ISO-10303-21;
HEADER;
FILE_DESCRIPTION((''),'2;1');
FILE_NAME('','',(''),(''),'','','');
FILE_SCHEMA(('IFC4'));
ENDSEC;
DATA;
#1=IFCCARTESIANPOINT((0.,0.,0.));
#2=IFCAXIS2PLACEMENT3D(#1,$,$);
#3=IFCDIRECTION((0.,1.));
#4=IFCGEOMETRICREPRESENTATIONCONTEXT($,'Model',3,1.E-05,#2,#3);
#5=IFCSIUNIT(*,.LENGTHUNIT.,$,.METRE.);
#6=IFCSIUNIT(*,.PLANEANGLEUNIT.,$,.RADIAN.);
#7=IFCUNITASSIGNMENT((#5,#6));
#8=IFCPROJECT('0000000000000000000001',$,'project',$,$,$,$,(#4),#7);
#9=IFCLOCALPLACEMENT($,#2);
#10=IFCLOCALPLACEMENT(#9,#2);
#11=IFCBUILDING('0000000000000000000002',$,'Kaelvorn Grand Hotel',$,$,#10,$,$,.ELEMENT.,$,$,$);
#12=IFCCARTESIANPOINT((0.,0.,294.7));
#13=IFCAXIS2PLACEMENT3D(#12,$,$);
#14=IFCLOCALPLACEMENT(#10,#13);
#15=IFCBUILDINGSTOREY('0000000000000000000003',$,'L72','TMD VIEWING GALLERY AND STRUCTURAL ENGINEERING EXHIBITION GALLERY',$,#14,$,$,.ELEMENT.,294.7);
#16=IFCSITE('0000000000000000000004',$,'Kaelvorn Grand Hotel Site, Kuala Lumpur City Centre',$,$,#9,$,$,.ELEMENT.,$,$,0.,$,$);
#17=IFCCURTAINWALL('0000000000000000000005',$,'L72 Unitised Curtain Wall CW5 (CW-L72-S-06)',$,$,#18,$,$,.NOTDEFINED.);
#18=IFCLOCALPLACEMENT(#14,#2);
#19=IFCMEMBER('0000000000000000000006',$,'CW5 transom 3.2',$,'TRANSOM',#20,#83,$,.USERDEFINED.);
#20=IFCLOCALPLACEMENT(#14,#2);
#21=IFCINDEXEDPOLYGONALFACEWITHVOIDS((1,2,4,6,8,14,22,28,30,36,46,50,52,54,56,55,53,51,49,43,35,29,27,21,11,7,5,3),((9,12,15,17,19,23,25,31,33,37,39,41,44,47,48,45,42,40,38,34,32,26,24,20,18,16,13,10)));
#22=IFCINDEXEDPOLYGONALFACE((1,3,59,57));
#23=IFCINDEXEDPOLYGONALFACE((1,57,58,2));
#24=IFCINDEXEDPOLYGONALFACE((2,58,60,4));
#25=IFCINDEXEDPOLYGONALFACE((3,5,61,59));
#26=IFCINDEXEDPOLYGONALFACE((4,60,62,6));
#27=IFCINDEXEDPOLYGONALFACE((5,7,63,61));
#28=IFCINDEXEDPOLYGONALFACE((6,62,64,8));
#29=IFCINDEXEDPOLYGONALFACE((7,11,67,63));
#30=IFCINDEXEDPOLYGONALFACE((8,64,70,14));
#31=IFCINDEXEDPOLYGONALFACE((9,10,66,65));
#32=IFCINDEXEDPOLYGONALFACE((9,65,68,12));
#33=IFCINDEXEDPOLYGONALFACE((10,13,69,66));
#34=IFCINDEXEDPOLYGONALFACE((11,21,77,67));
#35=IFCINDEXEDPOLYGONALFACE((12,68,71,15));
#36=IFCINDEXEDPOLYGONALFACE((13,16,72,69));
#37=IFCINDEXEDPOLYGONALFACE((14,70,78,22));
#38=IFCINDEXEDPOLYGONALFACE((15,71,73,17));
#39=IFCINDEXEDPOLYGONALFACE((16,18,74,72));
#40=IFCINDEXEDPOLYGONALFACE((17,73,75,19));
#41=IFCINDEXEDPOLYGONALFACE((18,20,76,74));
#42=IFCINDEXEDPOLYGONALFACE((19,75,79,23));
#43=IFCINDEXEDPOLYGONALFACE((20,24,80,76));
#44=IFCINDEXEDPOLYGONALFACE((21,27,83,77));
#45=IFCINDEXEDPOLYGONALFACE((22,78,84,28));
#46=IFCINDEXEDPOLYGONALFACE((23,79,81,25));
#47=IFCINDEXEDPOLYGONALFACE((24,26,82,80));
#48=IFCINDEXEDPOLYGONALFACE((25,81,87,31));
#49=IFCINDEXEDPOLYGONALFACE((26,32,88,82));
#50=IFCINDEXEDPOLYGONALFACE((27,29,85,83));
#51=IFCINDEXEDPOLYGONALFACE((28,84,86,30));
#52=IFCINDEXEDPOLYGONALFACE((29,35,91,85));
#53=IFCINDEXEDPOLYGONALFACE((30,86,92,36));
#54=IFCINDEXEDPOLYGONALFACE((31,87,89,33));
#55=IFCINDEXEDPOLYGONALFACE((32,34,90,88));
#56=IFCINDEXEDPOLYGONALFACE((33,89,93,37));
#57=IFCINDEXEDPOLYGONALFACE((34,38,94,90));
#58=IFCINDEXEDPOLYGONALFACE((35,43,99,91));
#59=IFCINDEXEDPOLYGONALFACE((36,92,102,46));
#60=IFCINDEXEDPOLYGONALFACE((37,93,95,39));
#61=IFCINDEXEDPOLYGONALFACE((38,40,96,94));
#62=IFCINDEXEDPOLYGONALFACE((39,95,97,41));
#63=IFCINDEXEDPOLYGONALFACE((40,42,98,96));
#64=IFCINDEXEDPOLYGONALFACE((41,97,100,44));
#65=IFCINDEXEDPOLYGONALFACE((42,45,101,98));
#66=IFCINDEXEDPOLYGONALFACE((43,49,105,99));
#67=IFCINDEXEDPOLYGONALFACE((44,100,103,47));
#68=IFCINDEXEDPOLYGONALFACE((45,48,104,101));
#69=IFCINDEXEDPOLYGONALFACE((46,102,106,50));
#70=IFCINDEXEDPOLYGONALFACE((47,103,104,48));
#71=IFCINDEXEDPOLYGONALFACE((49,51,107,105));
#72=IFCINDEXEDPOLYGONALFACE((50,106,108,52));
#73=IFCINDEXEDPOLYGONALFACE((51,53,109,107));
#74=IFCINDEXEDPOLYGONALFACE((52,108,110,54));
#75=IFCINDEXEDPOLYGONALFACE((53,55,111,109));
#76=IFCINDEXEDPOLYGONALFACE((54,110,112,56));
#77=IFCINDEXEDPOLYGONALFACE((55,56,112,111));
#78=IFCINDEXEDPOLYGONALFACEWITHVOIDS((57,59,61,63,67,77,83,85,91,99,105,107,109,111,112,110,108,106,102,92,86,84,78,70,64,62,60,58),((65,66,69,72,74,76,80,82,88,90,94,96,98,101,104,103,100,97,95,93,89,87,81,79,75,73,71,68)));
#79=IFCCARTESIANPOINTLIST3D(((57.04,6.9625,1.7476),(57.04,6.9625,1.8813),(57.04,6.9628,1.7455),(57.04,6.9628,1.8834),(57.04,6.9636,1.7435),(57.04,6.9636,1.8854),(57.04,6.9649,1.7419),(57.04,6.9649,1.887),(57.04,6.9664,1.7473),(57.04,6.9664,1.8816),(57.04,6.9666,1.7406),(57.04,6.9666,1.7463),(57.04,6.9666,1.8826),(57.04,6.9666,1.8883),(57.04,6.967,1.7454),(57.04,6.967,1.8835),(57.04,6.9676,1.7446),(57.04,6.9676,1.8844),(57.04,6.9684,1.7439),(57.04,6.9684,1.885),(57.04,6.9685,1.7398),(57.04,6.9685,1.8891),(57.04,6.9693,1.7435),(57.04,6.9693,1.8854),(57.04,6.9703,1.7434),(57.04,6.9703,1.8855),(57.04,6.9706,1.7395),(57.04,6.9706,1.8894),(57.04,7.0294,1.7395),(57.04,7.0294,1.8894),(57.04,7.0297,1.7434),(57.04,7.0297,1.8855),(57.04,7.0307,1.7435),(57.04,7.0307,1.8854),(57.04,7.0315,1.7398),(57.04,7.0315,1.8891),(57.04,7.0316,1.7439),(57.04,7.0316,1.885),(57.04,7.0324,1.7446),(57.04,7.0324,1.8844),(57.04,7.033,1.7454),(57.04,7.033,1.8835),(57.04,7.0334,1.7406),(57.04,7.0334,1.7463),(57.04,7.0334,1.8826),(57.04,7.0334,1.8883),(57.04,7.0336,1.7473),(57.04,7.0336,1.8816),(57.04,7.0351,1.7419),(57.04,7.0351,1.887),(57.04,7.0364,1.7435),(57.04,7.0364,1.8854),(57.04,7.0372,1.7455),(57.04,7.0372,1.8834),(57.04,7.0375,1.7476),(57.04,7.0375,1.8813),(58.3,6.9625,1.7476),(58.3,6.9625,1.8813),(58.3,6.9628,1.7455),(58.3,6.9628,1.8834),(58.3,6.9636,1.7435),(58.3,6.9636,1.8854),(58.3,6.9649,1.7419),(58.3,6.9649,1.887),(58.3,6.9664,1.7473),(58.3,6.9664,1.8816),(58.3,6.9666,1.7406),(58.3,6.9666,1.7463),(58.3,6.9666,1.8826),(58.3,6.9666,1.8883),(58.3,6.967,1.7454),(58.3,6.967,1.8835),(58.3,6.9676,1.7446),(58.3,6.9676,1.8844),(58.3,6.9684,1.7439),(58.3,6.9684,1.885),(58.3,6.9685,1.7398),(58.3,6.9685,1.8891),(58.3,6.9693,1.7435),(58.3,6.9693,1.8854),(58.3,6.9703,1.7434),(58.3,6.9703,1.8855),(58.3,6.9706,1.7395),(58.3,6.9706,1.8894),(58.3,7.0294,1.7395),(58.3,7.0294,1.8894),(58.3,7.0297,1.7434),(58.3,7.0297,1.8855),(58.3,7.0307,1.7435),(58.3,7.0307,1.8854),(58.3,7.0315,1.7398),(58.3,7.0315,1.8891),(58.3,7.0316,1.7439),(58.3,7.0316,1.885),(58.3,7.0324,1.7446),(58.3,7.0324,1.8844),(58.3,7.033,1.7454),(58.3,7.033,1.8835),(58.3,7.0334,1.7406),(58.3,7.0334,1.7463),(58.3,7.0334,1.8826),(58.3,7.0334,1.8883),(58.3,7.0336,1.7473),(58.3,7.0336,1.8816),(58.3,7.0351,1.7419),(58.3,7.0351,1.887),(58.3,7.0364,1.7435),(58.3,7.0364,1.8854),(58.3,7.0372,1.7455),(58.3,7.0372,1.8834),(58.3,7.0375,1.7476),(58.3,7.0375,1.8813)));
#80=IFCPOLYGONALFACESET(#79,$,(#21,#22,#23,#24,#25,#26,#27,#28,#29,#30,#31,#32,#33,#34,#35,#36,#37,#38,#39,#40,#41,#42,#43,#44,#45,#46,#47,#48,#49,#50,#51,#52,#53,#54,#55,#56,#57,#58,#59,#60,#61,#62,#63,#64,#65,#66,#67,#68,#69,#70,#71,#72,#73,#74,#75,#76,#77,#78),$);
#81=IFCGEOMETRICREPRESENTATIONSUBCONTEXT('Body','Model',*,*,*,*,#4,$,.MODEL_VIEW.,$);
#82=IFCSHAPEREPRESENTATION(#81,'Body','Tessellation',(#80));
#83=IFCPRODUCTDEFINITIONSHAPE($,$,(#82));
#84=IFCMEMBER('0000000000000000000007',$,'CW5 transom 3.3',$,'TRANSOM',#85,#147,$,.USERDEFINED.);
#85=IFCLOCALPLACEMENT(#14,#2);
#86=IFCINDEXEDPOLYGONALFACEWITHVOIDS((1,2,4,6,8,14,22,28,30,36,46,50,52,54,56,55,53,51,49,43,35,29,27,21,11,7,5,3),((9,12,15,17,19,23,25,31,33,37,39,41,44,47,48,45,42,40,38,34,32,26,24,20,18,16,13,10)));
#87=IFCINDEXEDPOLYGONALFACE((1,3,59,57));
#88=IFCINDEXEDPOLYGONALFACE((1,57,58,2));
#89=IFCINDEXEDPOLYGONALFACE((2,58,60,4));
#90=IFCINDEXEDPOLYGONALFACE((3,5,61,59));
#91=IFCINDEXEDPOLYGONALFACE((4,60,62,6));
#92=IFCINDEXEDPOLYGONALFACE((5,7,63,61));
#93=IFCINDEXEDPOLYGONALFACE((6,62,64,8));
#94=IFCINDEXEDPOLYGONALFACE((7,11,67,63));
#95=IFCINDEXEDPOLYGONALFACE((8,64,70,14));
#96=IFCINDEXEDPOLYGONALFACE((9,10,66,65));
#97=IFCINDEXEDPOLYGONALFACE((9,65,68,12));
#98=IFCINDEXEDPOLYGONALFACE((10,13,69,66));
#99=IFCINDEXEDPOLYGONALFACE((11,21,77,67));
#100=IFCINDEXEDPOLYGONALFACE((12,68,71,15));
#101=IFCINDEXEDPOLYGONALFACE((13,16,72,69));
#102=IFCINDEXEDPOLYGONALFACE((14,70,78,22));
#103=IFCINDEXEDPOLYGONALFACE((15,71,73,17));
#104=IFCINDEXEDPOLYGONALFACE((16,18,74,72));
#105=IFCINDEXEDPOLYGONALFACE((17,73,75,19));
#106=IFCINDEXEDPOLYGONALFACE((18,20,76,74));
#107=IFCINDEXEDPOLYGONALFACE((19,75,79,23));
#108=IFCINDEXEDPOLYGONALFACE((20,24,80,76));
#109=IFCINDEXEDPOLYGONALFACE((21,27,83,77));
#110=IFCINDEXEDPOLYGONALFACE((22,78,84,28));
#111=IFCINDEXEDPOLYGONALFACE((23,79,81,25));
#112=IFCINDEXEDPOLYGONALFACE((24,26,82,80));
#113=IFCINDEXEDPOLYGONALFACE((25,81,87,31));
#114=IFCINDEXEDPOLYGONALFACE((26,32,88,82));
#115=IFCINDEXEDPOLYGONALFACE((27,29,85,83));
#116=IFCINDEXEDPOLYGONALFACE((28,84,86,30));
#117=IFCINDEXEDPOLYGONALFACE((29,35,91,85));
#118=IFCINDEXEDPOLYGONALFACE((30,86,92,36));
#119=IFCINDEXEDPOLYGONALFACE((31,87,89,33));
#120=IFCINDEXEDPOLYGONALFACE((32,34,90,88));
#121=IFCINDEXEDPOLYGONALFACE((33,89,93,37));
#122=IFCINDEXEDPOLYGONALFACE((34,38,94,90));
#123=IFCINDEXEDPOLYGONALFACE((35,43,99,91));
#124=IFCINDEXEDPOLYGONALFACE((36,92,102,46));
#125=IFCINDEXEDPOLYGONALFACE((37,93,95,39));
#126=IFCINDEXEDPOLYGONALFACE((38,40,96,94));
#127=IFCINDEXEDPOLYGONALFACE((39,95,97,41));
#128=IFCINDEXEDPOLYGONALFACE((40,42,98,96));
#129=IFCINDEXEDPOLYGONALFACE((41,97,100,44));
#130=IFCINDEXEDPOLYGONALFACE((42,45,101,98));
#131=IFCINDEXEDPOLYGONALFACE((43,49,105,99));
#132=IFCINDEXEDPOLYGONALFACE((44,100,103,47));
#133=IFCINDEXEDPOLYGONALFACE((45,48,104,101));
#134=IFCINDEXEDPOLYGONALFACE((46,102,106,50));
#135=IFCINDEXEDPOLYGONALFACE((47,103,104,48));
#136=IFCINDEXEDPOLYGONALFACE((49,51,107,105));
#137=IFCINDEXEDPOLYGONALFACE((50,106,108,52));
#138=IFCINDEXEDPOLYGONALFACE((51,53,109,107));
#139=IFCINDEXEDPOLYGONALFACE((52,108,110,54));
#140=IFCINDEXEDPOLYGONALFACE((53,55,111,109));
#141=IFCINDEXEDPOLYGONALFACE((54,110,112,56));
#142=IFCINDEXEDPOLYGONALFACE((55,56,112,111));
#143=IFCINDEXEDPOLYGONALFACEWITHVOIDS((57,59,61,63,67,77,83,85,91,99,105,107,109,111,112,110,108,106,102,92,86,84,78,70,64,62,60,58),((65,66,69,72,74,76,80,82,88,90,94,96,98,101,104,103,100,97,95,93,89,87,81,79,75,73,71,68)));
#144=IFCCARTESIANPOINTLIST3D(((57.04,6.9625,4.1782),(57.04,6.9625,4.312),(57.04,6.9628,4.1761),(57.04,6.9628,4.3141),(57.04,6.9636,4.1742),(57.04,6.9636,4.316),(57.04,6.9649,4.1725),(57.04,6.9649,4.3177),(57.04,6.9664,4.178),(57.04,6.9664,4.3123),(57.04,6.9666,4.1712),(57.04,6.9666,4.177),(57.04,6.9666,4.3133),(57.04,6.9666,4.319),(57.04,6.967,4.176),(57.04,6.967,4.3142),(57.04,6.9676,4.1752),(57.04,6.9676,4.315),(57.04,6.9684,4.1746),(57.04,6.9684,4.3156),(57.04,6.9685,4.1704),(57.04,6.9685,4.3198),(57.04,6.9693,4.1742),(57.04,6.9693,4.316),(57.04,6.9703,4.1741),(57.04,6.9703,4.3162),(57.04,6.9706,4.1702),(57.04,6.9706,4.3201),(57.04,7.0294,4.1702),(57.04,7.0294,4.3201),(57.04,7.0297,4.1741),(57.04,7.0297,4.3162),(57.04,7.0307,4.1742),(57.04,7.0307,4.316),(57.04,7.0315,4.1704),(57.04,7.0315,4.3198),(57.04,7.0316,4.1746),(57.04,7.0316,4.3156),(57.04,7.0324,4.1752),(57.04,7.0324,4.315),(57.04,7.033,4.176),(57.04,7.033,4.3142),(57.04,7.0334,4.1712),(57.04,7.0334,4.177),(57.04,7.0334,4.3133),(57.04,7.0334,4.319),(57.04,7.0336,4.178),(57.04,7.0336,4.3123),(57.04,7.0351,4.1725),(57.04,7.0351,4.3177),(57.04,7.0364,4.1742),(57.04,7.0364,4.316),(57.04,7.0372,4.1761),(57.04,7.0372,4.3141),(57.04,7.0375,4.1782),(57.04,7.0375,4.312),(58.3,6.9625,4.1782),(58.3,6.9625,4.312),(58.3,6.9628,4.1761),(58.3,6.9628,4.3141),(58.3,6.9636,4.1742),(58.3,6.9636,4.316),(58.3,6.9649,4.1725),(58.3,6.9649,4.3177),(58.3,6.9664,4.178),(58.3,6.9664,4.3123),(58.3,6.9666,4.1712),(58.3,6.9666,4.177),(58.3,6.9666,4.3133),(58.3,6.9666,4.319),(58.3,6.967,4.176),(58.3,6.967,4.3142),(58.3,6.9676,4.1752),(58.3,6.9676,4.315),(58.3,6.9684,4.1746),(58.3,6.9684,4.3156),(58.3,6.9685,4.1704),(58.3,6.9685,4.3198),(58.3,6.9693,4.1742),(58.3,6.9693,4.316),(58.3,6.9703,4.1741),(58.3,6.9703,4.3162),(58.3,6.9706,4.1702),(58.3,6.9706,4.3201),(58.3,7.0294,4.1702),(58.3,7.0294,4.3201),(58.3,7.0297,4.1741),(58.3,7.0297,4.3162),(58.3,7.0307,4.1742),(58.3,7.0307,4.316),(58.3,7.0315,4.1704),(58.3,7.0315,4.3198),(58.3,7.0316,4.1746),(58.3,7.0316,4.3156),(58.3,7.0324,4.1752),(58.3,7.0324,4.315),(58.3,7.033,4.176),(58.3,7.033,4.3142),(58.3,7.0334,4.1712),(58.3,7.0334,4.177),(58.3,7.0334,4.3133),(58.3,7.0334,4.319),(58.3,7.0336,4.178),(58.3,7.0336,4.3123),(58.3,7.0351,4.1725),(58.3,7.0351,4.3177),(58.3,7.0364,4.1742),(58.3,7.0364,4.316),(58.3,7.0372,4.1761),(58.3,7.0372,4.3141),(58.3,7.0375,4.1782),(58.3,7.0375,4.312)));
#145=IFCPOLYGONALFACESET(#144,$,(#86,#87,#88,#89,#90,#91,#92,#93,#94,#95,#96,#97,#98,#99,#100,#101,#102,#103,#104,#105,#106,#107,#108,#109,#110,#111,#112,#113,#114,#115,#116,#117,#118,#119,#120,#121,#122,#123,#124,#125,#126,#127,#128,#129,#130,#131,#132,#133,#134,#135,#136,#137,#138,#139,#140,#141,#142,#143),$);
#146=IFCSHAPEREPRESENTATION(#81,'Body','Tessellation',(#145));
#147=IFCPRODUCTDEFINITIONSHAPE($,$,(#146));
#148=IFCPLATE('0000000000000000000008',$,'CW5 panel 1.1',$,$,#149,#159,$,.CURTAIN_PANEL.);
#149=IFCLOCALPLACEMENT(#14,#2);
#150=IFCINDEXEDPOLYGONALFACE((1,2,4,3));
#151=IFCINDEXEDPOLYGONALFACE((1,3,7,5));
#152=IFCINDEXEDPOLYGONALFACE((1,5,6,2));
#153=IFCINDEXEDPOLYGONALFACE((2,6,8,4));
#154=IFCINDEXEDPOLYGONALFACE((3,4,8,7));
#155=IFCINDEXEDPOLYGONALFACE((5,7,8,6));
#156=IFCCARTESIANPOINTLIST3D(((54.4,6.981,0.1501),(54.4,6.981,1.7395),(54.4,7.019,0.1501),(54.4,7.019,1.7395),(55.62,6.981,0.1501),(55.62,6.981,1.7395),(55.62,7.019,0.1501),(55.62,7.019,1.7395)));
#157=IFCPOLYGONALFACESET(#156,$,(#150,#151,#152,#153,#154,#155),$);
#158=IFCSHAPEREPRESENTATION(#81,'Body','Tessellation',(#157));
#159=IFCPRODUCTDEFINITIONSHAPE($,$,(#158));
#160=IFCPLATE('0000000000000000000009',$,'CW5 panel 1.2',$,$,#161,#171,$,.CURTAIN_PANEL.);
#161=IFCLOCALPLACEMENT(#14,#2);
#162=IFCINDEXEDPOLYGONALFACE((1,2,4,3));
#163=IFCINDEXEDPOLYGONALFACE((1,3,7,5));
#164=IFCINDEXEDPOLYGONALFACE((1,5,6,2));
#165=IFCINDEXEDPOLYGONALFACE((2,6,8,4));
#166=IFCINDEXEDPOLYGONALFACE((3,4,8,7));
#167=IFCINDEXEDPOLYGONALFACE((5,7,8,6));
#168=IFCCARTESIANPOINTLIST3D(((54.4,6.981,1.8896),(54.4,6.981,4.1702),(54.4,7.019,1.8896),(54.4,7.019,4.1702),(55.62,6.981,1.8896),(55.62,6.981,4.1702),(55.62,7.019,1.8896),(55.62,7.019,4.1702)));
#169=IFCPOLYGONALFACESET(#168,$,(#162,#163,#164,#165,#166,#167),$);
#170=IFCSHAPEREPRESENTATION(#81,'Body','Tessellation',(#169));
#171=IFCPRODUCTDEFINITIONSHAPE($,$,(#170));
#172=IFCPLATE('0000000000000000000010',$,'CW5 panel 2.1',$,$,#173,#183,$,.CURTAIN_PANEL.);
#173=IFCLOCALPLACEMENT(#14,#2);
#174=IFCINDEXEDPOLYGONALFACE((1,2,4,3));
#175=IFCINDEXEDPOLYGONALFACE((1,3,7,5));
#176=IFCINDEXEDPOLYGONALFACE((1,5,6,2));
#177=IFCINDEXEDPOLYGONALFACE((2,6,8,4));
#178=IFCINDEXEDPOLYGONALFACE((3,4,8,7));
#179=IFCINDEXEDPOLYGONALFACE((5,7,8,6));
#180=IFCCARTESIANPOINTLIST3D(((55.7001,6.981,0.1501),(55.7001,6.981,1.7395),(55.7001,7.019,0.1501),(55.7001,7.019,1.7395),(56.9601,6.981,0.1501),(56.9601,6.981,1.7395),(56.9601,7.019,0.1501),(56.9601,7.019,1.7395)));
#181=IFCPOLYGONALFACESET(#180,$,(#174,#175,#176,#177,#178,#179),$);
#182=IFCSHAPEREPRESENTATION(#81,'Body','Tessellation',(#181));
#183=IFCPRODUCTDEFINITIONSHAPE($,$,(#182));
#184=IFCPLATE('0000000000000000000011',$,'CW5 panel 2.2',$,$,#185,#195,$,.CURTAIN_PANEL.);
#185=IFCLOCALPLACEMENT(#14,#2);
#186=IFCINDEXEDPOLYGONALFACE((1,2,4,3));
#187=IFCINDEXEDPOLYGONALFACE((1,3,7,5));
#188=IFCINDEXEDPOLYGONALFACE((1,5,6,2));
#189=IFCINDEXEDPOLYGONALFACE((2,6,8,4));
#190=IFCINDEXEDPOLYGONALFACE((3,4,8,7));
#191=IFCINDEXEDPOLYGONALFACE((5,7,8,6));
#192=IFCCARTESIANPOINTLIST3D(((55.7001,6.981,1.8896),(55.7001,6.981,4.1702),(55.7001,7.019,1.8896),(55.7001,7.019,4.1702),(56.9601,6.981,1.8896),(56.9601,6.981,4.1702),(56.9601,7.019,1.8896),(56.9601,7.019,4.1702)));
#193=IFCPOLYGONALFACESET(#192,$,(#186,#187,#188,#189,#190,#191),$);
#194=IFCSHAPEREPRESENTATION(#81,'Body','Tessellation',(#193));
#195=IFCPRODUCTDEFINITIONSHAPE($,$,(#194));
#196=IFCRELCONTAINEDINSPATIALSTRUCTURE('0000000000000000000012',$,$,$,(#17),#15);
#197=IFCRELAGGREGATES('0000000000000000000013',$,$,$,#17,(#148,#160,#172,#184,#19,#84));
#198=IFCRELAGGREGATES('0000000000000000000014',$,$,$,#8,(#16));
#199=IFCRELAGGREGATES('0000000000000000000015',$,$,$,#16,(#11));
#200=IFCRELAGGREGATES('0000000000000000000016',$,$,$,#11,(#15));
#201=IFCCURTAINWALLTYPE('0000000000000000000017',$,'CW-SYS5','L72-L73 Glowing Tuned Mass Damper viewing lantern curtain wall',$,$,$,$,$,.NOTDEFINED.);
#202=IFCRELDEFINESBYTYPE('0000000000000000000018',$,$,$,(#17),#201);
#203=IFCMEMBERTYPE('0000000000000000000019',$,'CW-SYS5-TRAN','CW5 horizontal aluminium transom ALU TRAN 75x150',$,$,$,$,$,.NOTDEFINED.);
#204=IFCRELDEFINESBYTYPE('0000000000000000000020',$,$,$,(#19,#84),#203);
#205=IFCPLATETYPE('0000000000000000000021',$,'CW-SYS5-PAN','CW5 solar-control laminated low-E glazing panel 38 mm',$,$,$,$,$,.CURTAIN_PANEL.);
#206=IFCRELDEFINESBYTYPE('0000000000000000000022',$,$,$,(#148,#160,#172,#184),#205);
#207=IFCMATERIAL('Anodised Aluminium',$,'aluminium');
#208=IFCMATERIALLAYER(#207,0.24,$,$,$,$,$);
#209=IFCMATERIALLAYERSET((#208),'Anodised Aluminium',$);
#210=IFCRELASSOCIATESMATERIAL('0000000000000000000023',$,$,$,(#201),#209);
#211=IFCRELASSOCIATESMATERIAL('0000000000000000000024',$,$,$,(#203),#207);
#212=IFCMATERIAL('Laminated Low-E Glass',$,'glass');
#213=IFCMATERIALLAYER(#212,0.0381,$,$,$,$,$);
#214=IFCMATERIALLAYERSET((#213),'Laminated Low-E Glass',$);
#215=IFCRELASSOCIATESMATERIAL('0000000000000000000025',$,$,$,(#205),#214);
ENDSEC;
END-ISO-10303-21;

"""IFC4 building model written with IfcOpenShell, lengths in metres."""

from ifc_helpers import new_model, si_unit, direction, frame, origin, origin_2d, place, context, subcontext, project, spatial, rectangle, hollow_rectangle, extrude, material, layer, layer_set, material_profile, profile_set, type_object, element, aggregate, save


model = new_model("IFC4")

# Units and contexts
model_context = context("Model", 3, precision=1e-05, world=origin(), true_north=direction((0.0, 1.0)))
body_context = subcontext(model_context, "Body", "Model", "MODEL_VIEW")
ifc_project = project(units=[si_unit("LENGTHUNIT", "METRE"), si_unit("PLANEANGLEUNIT", "RADIAN")], contexts=[model_context])

# Site, building, storey
site_placement = place(None, origin())
site = spatial("IfcSite", under=ifc_project, at=site_placement, Name="Kaelvorn Grand Hotel Site, Kuala Lumpur City Centre", CompositionType="ELEMENT", RefElevation=0.0)
building_placement = place(site_placement, origin())
building = spatial("IfcBuilding", under=site, at=building_placement, Name="Kaelvorn Grand Hotel", CompositionType="ELEMENT")
storey_placement = place(building_placement, frame((0.0, 0.0, 294.7)))
storey = spatial("IfcBuildingStorey", under=building, at=storey_placement, Name="L72", Description="TMD VIEWING GALLERY AND STRUCTURAL ENGINEERING EXHIBITION GALLERY", CompositionType="ELEMENT", Elevation=294.7)

# Curtain wall, members, plates
ifc_material_1 = material(Name="Anodised Aluminium", Category="aluminium")
ifc_layer_1 = layer(ifc_material_1, 0.24)
ifc_layer_set_1 = layer_set([ifc_layer_1], Name="Anodised Aluminium")
curtain_wall_type = type_object("IfcCurtainWallType", Name="CW-SYS5", Description="L72-L73 Glowing Tuned Mass Damper viewing lantern curtain wall", PredefinedType="NOTDEFINED", material=ifc_layer_set_1)
curtain_wall_placement = place(storey_placement, origin())
curtain_wall = element("IfcCurtainWall", 1, at=curtain_wall_placement, inside=storey, type_object=curtain_wall_type, Name="L72 Unitised Curtain Wall CW5 (CW-L72-S-06)", PredefinedType="NOTDEFINED")
ifc_material_profile_1 = material_profile(ifc_material_1, hollow_rectangle(XDim=0.075, YDim=0.1499, WallThickness=0.0039, InnerFilletRadius=0.0039, OuterFilletRadius=0.0081, at=origin_2d()), Name="ALU TRAN 75x150")
ifc_profile_set_1 = profile_set([ifc_material_profile_1], Name="Anodised Aluminium")
member_type_1 = type_object("IfcMemberType", Name="CW-SYS5-TRAN", Description="CW5 horizontal aluminium transom ALU TRAN 75x150", PredefinedType="NOTDEFINED", material=ifc_profile_set_1)
member_1_placement = place(storey_placement, frame((57.04, 7.0, 1.8145), z_axis=(1.0, 0.0, 0.0), x_axis=(0.0, 1.0, 0.0)))
member_1 = element("IfcMember", 2, at=member_1_placement, type_object=member_type_1, Name="CW5 transom 3.2", ObjectType="TRANSOM", PredefinedType="USERDEFINED", context=body_context, shape_type="SweptSolid", body=[
    extrude(hollow_rectangle(XDim=0.075, YDim=0.1499, WallThickness=0.0039, InnerFilletRadius=0.0039, OuterFilletRadius=0.0081, at=origin_2d()), origin(), (0.0, 0.0, 1.0), 1.26),
])
member_2_placement = place(storey_placement, frame((57.04, 7.0, 4.2451), z_axis=(1.0, 0.0, 0.0), x_axis=(0.0, 1.0, 0.0)))
member_2 = element("IfcMember", 3, at=member_2_placement, type_object=member_type_1, Name="CW5 transom 3.3", ObjectType="TRANSOM", PredefinedType="USERDEFINED", context=body_context, shape_type="SweptSolid", body=[
    extrude(hollow_rectangle(XDim=0.075, YDim=0.1499, WallThickness=0.0039, InnerFilletRadius=0.0039, OuterFilletRadius=0.0081, at=origin_2d()), origin(), (0.0, 0.0, 1.0), 1.26),
])
ifc_material_2 = material(Name="Laminated Low-E Glass", Category="glass")
ifc_layer_2 = layer(ifc_material_2, 0.0381)
ifc_layer_set_2 = layer_set([ifc_layer_2], Name="Laminated Low-E Glass")
plate_type = type_object("IfcPlateType", Name="CW-SYS5-PAN", Description="CW5 solar-control laminated low-E glazing panel 38 mm", PredefinedType="CURTAIN_PANEL", material=ifc_layer_set_2)
plate_1_placement = place(storey_placement, frame((55.01, 7.0, 0.1501), z_axis=(0.0, 0.0, 1.0), x_axis=(1.0, 0.0, 0.0)))
plate_1 = element("IfcPlate", 4, at=plate_1_placement, type_object=plate_type, Name="CW5 panel 1.1", PredefinedType="CURTAIN_PANEL", context=body_context, shape_type="SweptSolid", body=[
    extrude(rectangle(XDim=1.22, YDim=0.0381, at=origin_2d()), origin(), (0.0, 0.0, 1.0), 1.5894),
])
plate_2_placement = place(storey_placement, frame((55.01, 7.0, 1.8896), z_axis=(0.0, 0.0, 1.0), x_axis=(1.0, 0.0, 0.0)))
plate_2 = element("IfcPlate", 5, at=plate_2_placement, type_object=plate_type, Name="CW5 panel 1.2", PredefinedType="CURTAIN_PANEL", context=body_context, shape_type="SweptSolid", body=[
    extrude(rectangle(XDim=1.22, YDim=0.0381, at=origin_2d()), origin(), (0.0, 0.0, 1.0), 2.2805),
])
plate_3_placement = place(storey_placement, frame((56.3301, 7.0, 0.1501), z_axis=(0.0, 0.0, 1.0), x_axis=(1.0, 0.0, 0.0)))
plate_3 = element("IfcPlate", 6, at=plate_3_placement, type_object=plate_type, Name="CW5 panel 2.1", PredefinedType="CURTAIN_PANEL", context=body_context, shape_type="SweptSolid", body=[
    extrude(rectangle(XDim=1.26, YDim=0.0381, at=origin_2d()), origin(), (0.0, 0.0, 1.0), 1.5894),
])
plate_4_placement = place(storey_placement, frame((56.3301, 7.0, 1.8896), z_axis=(0.0, 0.0, 1.0), x_axis=(1.0, 0.0, 0.0)))
plate_4 = element("IfcPlate", 7, at=plate_4_placement, type_object=plate_type, Name="CW5 panel 2.2", PredefinedType="CURTAIN_PANEL", context=body_context, shape_type="SweptSolid", body=[
    extrude(rectangle(XDim=1.26, YDim=0.0381, at=origin_2d()), origin(), (0.0, 0.0, 1.0), 2.2805),
])
aggregate(curtain_wall, [plate_1, plate_2, plate_3, plate_4, member_1, member_2])

save(model, "model.ifc")
